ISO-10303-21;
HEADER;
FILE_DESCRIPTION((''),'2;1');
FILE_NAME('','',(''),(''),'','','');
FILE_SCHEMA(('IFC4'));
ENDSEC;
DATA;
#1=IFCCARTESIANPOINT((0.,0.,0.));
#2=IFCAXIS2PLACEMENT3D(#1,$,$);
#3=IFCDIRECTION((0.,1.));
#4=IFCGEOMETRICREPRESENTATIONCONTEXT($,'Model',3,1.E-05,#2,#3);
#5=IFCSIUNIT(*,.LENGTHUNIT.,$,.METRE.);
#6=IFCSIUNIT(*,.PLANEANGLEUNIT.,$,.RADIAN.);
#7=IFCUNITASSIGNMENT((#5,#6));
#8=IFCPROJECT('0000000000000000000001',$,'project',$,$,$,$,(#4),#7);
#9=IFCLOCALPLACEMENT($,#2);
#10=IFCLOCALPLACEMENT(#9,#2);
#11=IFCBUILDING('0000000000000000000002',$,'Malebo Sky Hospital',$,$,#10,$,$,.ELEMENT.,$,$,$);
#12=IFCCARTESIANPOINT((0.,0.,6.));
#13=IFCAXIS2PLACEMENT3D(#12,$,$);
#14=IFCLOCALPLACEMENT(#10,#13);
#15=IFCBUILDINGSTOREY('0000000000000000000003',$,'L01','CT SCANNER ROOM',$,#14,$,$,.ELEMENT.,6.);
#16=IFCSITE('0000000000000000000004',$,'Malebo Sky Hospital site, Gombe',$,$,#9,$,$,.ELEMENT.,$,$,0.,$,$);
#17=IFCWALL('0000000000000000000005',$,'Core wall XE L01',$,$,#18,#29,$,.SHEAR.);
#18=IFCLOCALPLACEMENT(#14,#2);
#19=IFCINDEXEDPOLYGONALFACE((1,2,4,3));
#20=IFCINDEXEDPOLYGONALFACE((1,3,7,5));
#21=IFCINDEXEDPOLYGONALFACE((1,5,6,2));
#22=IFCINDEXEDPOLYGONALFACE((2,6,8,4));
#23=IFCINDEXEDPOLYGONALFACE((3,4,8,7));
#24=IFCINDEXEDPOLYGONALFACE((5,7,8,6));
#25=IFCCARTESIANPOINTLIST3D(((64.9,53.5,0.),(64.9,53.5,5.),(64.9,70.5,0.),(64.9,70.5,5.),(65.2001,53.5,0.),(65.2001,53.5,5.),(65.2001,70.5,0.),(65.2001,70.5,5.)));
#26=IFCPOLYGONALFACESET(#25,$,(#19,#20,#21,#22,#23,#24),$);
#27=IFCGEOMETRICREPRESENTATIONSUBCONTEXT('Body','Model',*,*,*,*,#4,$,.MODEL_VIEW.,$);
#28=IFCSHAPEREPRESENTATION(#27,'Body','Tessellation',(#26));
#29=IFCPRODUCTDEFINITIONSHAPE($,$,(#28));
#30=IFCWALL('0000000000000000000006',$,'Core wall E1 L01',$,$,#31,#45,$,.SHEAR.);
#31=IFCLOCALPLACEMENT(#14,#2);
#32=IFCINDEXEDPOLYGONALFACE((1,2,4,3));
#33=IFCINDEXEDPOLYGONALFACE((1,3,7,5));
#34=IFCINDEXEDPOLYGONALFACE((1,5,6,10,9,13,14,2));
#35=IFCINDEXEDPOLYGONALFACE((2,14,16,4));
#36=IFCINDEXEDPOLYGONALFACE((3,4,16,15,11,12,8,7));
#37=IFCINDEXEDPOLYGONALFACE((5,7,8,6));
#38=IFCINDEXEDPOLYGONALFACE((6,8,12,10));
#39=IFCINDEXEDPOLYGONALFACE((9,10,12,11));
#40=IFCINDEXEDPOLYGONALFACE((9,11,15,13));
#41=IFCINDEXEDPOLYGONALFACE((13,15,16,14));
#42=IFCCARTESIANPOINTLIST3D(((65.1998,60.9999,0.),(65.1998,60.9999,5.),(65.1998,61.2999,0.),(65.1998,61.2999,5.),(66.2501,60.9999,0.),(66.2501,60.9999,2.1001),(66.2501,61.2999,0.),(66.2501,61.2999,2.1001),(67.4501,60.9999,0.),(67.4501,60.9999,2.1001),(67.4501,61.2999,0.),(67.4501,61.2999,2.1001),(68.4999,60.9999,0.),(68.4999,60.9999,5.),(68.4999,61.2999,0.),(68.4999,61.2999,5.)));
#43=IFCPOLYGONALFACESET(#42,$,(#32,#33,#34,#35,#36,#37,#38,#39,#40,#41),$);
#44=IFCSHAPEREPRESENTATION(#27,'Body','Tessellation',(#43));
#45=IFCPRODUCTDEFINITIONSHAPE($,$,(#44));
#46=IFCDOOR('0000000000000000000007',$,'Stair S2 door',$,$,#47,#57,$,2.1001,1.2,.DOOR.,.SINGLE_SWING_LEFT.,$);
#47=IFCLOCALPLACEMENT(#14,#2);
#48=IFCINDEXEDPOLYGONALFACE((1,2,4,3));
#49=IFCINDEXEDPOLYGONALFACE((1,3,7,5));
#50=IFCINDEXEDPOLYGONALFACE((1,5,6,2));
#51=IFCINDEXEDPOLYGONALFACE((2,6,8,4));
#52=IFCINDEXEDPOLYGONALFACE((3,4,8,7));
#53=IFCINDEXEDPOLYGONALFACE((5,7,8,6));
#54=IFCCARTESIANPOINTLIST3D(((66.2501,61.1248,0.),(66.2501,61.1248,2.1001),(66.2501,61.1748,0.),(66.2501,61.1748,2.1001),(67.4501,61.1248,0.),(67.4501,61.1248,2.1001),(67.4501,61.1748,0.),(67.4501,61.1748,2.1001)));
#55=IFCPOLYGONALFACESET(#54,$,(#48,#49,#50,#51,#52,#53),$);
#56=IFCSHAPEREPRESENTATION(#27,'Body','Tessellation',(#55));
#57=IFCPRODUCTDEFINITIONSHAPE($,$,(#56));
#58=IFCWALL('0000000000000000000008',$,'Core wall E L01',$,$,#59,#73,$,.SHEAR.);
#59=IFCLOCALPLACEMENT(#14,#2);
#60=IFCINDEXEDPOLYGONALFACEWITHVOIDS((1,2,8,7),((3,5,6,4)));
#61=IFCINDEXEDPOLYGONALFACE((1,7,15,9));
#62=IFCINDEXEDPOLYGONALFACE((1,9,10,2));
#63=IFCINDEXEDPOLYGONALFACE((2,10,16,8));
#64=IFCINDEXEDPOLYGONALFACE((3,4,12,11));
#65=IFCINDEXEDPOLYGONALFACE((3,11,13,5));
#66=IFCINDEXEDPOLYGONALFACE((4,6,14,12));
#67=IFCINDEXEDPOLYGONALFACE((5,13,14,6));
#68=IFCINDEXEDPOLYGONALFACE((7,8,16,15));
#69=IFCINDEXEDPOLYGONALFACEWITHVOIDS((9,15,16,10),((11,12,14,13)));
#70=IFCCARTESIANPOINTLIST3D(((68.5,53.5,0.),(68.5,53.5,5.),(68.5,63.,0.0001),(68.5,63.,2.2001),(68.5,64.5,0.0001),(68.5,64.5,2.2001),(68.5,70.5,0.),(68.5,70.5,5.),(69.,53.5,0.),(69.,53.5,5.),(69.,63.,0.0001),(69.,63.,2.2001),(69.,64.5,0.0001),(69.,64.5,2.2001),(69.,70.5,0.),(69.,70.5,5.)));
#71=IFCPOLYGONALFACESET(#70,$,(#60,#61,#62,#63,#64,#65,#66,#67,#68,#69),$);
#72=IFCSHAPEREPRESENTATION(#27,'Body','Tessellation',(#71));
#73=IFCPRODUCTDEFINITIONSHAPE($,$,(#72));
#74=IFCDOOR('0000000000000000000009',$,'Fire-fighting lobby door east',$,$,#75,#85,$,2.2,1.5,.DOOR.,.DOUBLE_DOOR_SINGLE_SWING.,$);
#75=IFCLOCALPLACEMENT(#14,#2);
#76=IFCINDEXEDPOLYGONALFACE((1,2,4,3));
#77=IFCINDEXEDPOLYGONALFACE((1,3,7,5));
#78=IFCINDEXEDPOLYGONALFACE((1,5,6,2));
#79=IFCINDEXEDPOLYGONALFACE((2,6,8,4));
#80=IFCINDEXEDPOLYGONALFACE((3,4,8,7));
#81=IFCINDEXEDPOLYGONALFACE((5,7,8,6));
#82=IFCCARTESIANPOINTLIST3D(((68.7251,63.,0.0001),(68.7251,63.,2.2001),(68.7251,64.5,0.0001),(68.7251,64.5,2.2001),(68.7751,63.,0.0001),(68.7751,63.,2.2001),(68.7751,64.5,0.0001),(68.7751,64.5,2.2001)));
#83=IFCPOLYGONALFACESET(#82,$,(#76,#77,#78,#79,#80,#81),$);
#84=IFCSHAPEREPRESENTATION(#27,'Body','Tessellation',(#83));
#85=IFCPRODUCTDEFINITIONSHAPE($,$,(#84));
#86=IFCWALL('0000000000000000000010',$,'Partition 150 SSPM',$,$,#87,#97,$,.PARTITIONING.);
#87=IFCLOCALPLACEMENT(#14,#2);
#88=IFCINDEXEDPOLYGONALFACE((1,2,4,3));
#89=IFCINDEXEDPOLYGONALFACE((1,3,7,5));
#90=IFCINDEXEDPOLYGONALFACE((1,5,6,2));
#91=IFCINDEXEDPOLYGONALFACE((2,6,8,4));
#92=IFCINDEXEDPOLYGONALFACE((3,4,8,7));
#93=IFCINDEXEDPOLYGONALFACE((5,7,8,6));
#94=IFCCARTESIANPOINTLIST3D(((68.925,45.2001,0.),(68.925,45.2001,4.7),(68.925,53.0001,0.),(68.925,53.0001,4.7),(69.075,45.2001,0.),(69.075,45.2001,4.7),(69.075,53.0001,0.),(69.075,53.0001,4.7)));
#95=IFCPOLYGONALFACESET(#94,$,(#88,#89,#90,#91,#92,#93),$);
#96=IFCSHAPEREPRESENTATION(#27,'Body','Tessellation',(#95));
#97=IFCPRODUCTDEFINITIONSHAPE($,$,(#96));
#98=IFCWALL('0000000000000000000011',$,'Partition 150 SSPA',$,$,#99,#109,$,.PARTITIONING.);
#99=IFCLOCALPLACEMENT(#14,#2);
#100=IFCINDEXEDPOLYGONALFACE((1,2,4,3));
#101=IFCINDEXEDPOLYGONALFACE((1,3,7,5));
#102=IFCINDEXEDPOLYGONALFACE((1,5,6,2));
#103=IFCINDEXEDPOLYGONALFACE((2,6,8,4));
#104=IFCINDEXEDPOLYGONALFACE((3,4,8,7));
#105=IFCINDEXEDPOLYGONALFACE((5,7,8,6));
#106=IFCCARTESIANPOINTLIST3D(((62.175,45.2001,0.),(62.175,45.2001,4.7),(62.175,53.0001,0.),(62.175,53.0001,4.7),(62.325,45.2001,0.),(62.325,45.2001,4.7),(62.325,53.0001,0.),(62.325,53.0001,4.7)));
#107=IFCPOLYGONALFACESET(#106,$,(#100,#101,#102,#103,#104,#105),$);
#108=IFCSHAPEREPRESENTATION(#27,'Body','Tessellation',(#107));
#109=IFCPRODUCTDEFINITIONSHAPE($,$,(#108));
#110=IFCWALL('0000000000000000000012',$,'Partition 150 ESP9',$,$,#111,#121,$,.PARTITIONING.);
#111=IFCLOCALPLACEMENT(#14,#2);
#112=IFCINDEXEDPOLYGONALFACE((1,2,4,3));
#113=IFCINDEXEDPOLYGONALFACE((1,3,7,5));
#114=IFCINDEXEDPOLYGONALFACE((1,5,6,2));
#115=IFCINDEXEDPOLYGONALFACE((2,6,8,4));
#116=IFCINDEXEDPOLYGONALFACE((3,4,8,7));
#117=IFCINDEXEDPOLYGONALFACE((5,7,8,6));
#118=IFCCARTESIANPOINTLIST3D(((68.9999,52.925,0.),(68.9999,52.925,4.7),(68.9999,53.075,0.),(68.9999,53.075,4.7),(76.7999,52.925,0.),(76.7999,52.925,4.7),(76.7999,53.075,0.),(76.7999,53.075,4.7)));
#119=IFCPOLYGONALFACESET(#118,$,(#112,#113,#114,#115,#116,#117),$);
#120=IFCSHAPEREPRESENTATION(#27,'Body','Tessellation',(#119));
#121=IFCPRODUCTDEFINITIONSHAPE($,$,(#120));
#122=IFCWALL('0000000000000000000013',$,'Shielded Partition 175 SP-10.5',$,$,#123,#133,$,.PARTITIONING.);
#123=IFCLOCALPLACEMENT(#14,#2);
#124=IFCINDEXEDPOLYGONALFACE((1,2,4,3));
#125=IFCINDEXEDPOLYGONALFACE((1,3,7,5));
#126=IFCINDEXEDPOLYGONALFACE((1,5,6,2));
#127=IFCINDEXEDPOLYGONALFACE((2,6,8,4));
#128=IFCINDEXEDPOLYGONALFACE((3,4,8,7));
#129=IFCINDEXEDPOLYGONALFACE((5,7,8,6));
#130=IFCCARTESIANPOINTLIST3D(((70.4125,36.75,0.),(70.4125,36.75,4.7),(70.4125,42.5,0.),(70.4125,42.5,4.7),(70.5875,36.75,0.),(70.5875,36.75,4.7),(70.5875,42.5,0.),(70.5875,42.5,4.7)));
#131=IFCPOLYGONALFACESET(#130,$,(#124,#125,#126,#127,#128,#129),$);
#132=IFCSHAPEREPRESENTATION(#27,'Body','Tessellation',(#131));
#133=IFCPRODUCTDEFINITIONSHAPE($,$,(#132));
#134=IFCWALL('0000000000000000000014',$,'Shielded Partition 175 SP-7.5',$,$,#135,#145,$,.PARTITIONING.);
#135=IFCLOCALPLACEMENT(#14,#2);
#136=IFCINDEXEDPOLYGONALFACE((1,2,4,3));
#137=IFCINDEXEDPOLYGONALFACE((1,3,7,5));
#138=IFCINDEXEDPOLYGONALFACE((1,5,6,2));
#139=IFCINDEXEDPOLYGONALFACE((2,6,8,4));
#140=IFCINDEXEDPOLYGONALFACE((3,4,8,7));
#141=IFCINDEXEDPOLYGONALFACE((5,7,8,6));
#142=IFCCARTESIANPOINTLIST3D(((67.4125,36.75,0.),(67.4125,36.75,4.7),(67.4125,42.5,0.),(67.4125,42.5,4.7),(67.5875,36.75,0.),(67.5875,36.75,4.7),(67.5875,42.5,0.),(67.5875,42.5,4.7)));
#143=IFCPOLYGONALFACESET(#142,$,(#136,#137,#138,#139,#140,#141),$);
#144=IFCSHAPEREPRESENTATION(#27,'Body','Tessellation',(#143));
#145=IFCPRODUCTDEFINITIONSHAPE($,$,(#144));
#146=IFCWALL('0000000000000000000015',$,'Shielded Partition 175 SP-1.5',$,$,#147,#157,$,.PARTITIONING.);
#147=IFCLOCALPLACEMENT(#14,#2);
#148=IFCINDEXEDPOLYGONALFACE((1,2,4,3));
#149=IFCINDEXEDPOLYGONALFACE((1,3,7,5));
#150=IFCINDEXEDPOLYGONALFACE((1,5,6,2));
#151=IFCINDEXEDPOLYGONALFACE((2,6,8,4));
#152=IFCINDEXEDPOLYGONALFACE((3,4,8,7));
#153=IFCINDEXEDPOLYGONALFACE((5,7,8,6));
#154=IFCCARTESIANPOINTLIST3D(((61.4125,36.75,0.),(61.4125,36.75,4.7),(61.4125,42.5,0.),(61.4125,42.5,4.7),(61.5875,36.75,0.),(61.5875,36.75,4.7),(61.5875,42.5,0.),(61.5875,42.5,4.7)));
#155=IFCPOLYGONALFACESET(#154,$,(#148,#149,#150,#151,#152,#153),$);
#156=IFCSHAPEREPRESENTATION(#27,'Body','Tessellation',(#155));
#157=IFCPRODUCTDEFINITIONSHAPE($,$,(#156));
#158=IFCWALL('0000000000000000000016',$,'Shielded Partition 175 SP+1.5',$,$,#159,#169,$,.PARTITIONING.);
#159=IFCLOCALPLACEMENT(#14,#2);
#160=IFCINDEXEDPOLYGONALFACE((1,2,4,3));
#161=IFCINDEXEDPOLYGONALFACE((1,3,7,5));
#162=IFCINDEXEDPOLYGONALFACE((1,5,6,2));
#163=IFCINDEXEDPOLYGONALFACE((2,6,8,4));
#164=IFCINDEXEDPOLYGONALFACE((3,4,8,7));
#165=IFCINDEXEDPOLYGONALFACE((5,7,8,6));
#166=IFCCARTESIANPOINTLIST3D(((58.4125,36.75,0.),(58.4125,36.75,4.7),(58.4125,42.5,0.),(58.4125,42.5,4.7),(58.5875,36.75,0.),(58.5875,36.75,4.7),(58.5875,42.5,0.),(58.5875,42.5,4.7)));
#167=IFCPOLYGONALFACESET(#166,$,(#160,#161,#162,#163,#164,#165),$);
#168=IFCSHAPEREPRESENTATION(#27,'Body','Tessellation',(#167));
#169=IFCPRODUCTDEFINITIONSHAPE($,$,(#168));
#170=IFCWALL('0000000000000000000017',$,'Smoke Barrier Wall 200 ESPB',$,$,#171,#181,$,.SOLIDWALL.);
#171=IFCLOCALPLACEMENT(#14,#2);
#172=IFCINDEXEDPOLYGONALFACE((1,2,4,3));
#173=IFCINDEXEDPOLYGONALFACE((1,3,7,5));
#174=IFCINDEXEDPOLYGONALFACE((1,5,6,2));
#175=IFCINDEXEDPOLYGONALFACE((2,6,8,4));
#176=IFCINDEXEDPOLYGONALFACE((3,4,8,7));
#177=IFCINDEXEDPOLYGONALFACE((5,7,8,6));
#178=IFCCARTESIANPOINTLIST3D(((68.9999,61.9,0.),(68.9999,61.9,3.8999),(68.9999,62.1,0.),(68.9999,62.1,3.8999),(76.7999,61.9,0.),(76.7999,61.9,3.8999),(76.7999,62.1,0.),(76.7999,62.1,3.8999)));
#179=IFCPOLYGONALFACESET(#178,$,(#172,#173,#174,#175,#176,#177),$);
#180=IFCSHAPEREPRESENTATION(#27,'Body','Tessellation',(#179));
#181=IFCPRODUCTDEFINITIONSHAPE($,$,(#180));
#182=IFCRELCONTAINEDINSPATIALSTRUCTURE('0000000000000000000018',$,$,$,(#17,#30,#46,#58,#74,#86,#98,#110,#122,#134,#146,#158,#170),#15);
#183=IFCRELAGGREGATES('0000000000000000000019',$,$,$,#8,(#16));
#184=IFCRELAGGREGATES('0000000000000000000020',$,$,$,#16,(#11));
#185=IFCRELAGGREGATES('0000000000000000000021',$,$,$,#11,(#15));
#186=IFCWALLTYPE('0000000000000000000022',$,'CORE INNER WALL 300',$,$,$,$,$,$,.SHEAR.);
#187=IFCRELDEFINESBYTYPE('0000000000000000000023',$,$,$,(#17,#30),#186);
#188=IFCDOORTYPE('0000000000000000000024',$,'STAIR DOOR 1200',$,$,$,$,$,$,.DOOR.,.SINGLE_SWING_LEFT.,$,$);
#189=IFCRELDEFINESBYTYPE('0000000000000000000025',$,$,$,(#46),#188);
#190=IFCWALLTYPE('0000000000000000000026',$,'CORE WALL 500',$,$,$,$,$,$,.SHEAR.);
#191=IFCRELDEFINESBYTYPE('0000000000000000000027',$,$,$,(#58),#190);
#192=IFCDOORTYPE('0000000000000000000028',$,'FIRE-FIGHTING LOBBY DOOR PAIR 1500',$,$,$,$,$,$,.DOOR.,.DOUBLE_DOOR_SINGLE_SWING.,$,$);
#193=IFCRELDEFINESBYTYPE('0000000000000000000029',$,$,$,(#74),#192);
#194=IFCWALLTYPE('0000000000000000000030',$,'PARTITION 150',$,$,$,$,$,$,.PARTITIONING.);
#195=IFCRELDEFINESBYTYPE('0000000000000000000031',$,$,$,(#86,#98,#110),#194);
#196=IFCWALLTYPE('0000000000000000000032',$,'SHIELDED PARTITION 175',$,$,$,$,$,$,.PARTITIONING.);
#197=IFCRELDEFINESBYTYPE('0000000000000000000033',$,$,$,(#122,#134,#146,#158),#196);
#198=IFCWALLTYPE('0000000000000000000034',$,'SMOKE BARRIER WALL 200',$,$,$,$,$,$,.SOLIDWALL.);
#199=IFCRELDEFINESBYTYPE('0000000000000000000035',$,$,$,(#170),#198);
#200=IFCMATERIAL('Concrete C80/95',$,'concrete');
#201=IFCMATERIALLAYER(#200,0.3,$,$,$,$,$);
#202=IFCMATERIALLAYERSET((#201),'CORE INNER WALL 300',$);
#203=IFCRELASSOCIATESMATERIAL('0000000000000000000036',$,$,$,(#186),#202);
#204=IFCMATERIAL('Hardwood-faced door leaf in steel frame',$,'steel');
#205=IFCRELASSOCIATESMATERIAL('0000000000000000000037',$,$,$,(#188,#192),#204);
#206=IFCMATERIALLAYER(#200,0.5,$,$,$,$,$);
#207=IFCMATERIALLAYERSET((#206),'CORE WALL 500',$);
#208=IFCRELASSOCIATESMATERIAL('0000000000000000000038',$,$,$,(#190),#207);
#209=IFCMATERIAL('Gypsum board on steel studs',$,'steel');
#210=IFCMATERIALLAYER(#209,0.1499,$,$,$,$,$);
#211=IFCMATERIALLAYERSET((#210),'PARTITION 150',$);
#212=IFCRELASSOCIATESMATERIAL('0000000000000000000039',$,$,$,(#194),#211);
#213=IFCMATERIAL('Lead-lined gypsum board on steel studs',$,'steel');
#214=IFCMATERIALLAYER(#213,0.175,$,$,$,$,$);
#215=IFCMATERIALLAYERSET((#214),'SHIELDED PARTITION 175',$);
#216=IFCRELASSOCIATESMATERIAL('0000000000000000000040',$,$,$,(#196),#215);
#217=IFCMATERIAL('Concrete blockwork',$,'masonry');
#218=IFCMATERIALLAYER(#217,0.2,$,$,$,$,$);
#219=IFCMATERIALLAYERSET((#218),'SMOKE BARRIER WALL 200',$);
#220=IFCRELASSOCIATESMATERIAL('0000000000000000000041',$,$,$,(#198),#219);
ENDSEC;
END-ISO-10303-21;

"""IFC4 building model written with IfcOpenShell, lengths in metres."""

from ifc_helpers import new_model, si_unit, direction, frame, frame_2d, origin, place, context, subcontext, project, spatial, rectangle, extrude, material, layer, layer_set, type_object, element, fill, save


model = new_model("IFC4")

# Units and contexts
model_context = context("Model", 3, precision=1e-05, world=origin(), true_north=direction((0.0, 1.0)))
body_context = subcontext(model_context, "Body", "Model", "MODEL_VIEW")
ifc_project = project(units=[si_unit("LENGTHUNIT", "METRE"), si_unit("PLANEANGLEUNIT", "RADIAN")], contexts=[model_context])

# Site, building, storey
site_placement = place(None, origin())
site = spatial("IfcSite", under=ifc_project, at=site_placement, Name="Malebo Sky Hospital site, Gombe", CompositionType="ELEMENT", RefElevation=0.0)
building_placement = place(site_placement, origin())
building = spatial("IfcBuilding", under=site, at=building_placement, Name="Malebo Sky Hospital", CompositionType="ELEMENT")
storey_placement = place(building_placement, frame((0.0, 0.0, 6.0)))
storey = spatial("IfcBuildingStorey", under=building, at=storey_placement, Name="L01", Description="CT SCANNER ROOM", CompositionType="ELEMENT", Elevation=6.0)

# Shared definitions
ifc_material_1 = material(Name="Concrete C80/95", Category="concrete")

# Wall
ifc_layer_1 = layer(ifc_material_1, 0.3)
ifc_layer_set_1 = layer_set([ifc_layer_1], Name="CORE INNER WALL 300")
wall_type_1 = type_object("IfcWallType", Name="CORE INNER WALL 300", PredefinedType="SHEAR", material=ifc_layer_set_1)
wall_1_placement = place(storey_placement, frame((65.05, 53.5, 0.0), z_axis=(0.0, 0.0, 1.0), x_axis=(0.0, 1.0, 0.0)))
element("IfcWall", 1, at=wall_1_placement, inside=storey, type_object=wall_type_1, Name="Core wall XE L01", PredefinedType="SHEAR", context=body_context, shape_type="SweptSolid", body=[
    extrude(rectangle(XDim=17.0, YDim=0.3, at=frame_2d((8.5, 0.0))), origin(), (0.0, 0.0, 1.0), 5.0),
])

# Walls, openings, doors
wall_2_placement = place(storey_placement, frame((65.2, 61.1499, 0.0), z_axis=(0.0, 0.0, 1.0), x_axis=(1.0, 0.0, 0.0)))
wall_2 = element("IfcWall", 2, at=wall_2_placement, inside=storey, type_object=wall_type_1, Name="Core wall E1 L01", PredefinedType="SHEAR", context=body_context, shape_type="SweptSolid", body=[
    extrude(rectangle(XDim=3.3, YDim=0.3, at=frame_2d((1.6499, 0.0))), origin(), (0.0, 0.0, 1.0), 5.0),
])
opening_1_placement = place(wall_2_placement, frame((1.05, 0.0, 0.0)))
opening_1 = element("IfcOpeningElement", 3, at=opening_1_placement, cuts=wall_2, PredefinedType="OPENING", context=body_context, shape_type="SweptSolid", body=[
    extrude(rectangle(XDim=1.2, YDim=2.1001, at=frame_2d((0.6001, 1.05))), frame((0.0, 0.1599, 0.0), z_axis=(0.0, -1.0, 0.0), x_axis=(1.0, 0.0, 0.0)), (0.0, 0.0, 1.0), 0.3201),
])
ifc_material_2 = material(Name="Hardwood-faced door leaf in steel frame", Category="steel")
door_type_1 = type_object("IfcDoorType", Name="STAIR DOOR 1200", OperationType="SINGLE_SWING_LEFT", PredefinedType="DOOR", material=ifc_material_2)
door_1_placement = place(opening_1_placement, origin())
door_1 = element("IfcDoor", 4, at=door_1_placement, inside=storey, type_object=door_type_1, Name="Stair S2 door", OperationType="SINGLE_SWING_LEFT", OverallHeight=2.1001, OverallWidth=1.2, PredefinedType="DOOR", context=body_context, shape_type="SweptSolid", body=[
    extrude(rectangle(XDim=1.2, YDim=2.1001, at=frame_2d((0.6001, 1.05))), frame((0.0, 0.0249, 0.0), z_axis=(0.0, -1.0, 0.0), x_axis=(1.0, 0.0, 0.0)), (0.0, 0.0, 1.0), 0.05),
])
fill(opening_1, door_1)
ifc_layer_2 = layer(ifc_material_1, 0.5)
ifc_layer_set_2 = layer_set([ifc_layer_2], Name="CORE WALL 500")
wall_type_2 = type_object("IfcWallType", Name="CORE WALL 500", PredefinedType="SHEAR", material=ifc_layer_set_2)
wall_3_placement = place(storey_placement, frame((68.75, 53.5, 0.0), z_axis=(0.0, 0.0, 1.0), x_axis=(0.0, 1.0, 0.0)))
wall_3 = element("IfcWall", 5, at=wall_3_placement, inside=storey, type_object=wall_type_2, Name="Core wall E L01", PredefinedType="SHEAR", context=body_context, shape_type="SweptSolid", body=[
    extrude(rectangle(XDim=17.0, YDim=0.5, at=frame_2d((8.5, 0.0))), origin(), (0.0, 0.0, 1.0), 5.0),
])
opening_2_placement = place(wall_3_placement, frame((9.5, 0.0, 0.0)))
opening_2 = element("IfcOpeningElement", 6, at=opening_2_placement, cuts=wall_3, PredefinedType="OPENING", context=body_context, shape_type="SweptSolid", body=[
    extrude(rectangle(XDim=1.5, YDim=2.2, at=frame_2d((0.75, 1.1001))), frame((0.0, 0.26, 0.0), z_axis=(0.0, -1.0, 0.0), x_axis=(1.0, 0.0, 0.0)), (0.0, 0.0, 1.0), 0.52),
])
door_type_2 = type_object("IfcDoorType", Name="FIRE-FIGHTING LOBBY DOOR PAIR 1500", OperationType="DOUBLE_DOOR_SINGLE_SWING", PredefinedType="DOOR", material=ifc_material_2)
door_2_placement = place(opening_2_placement, origin())
door_2 = element("IfcDoor", 7, at=door_2_placement, inside=storey, type_object=door_type_2, Name="Fire-fighting lobby door east", OperationType="DOUBLE_DOOR_SINGLE_SWING", OverallHeight=2.2, OverallWidth=1.5, PredefinedType="DOOR", context=body_context, shape_type="SweptSolid", body=[
    extrude(rectangle(XDim=1.5, YDim=2.2, at=frame_2d((0.75, 1.1001))), frame((0.0, 0.0249, 0.0), z_axis=(0.0, -1.0, 0.0), x_axis=(1.0, 0.0, 0.0)), (0.0, 0.0, 1.0), 0.05),
])
fill(opening_2, door_2)

# Walls
ifc_material_3 = material(Name="Gypsum board on steel studs", Category="steel")
ifc_layer_3 = layer(ifc_material_3, 0.1499)
ifc_layer_set_3 = layer_set([ifc_layer_3], Name="PARTITION 150")
wall_type_3 = type_object("IfcWallType", Name="PARTITION 150", PredefinedType="PARTITIONING", material=ifc_layer_set_3)
for number, where, z_axis, x_axis, name in (
    (8, (69.0, 53.0, 0.0), (0.0, 0.0, 1.0), (0.0, -1.0, 0.0), "Partition 150 SSPM"),
    (9, (62.25, 53.0, 0.0), (0.0, 0.0, 1.0), (0.0, -1.0, 0.0), "Partition 150 SSPA"),
    (10, (69.0, 53.0, 0.0), (0.0, 0.0, 1.0), (1.0, 0.0, 0.0), "Partition 150 ESP9"),
):
    element("IfcWall", number, at=place(storey_placement, frame(where, z_axis=z_axis, x_axis=x_axis)), inside=storey, type_object=wall_type_3, Name=name, PredefinedType="PARTITIONING", context=body_context, shape_type="SweptSolid", body=[
        extrude(rectangle(XDim=7.8, YDim=0.1499, at=frame_2d((3.8999, 0.0))), origin(), (0.0, 0.0, 1.0), 4.7),
    ])
ifc_material_4 = material(Name="Lead-lined gypsum board on steel studs", Category="steel")
ifc_layer_4 = layer(ifc_material_4, 0.175)
ifc_layer_set_4 = layer_set([ifc_layer_4], Name="SHIELDED PARTITION 175")
wall_type_4 = type_object("IfcWallType", Name="SHIELDED PARTITION 175", PredefinedType="PARTITIONING", material=ifc_layer_set_4)
for number, where, z_axis, x_axis, name in (
    (11, (70.5, 42.5, 0.0), (0.0, 0.0, 1.0), (0.0, -1.0, 0.0), "Shielded Partition 175 SP-10.5"),
    (12, (67.5, 42.5, 0.0), (0.0, 0.0, 1.0), (0.0, -1.0, 0.0), "Shielded Partition 175 SP-7.5"),
    (13, (61.5, 42.5, 0.0), (0.0, 0.0, 1.0), (0.0, -1.0, 0.0), "Shielded Partition 175 SP-1.5"),
    (14, (58.5, 42.5, 0.0), (0.0, 0.0, 1.0), (0.0, -1.0, 0.0), "Shielded Partition 175 SP+1.5"),
):
    element("IfcWall", number, at=place(storey_placement, frame(where, z_axis=z_axis, x_axis=x_axis)), inside=storey, type_object=wall_type_4, Name=name, PredefinedType="PARTITIONING", context=body_context, shape_type="SweptSolid", body=[
        extrude(rectangle(XDim=5.75, YDim=0.175, at=frame_2d((2.875, 0.0))), origin(), (0.0, 0.0, 1.0), 4.7),
    ])
ifc_material_5 = material(Name="Concrete blockwork", Category="masonry")
ifc_layer_5 = layer(ifc_material_5, 0.2)
ifc_layer_set_5 = layer_set([ifc_layer_5], Name="SMOKE BARRIER WALL 200")
wall_type_5 = type_object("IfcWallType", Name="SMOKE BARRIER WALL 200", PredefinedType="SOLIDWALL", material=ifc_layer_set_5)
wall_4_placement = place(storey_placement, frame((69.0, 62.0, 0.0), z_axis=(0.0, 0.0, 1.0), x_axis=(1.0, 0.0, 0.0)))
element("IfcWall", 15, at=wall_4_placement, inside=storey, type_object=wall_type_5, Name="Smoke Barrier Wall 200 ESPB", PredefinedType="SOLIDWALL", context=body_context, shape_type="SweptSolid", body=[
    extrude(rectangle(XDim=7.8, YDim=0.2, at=frame_2d((3.8999, 0.0))), origin(), (0.0, 0.0, 1.0), 3.8999),
])

save(model, "model.ifc")
